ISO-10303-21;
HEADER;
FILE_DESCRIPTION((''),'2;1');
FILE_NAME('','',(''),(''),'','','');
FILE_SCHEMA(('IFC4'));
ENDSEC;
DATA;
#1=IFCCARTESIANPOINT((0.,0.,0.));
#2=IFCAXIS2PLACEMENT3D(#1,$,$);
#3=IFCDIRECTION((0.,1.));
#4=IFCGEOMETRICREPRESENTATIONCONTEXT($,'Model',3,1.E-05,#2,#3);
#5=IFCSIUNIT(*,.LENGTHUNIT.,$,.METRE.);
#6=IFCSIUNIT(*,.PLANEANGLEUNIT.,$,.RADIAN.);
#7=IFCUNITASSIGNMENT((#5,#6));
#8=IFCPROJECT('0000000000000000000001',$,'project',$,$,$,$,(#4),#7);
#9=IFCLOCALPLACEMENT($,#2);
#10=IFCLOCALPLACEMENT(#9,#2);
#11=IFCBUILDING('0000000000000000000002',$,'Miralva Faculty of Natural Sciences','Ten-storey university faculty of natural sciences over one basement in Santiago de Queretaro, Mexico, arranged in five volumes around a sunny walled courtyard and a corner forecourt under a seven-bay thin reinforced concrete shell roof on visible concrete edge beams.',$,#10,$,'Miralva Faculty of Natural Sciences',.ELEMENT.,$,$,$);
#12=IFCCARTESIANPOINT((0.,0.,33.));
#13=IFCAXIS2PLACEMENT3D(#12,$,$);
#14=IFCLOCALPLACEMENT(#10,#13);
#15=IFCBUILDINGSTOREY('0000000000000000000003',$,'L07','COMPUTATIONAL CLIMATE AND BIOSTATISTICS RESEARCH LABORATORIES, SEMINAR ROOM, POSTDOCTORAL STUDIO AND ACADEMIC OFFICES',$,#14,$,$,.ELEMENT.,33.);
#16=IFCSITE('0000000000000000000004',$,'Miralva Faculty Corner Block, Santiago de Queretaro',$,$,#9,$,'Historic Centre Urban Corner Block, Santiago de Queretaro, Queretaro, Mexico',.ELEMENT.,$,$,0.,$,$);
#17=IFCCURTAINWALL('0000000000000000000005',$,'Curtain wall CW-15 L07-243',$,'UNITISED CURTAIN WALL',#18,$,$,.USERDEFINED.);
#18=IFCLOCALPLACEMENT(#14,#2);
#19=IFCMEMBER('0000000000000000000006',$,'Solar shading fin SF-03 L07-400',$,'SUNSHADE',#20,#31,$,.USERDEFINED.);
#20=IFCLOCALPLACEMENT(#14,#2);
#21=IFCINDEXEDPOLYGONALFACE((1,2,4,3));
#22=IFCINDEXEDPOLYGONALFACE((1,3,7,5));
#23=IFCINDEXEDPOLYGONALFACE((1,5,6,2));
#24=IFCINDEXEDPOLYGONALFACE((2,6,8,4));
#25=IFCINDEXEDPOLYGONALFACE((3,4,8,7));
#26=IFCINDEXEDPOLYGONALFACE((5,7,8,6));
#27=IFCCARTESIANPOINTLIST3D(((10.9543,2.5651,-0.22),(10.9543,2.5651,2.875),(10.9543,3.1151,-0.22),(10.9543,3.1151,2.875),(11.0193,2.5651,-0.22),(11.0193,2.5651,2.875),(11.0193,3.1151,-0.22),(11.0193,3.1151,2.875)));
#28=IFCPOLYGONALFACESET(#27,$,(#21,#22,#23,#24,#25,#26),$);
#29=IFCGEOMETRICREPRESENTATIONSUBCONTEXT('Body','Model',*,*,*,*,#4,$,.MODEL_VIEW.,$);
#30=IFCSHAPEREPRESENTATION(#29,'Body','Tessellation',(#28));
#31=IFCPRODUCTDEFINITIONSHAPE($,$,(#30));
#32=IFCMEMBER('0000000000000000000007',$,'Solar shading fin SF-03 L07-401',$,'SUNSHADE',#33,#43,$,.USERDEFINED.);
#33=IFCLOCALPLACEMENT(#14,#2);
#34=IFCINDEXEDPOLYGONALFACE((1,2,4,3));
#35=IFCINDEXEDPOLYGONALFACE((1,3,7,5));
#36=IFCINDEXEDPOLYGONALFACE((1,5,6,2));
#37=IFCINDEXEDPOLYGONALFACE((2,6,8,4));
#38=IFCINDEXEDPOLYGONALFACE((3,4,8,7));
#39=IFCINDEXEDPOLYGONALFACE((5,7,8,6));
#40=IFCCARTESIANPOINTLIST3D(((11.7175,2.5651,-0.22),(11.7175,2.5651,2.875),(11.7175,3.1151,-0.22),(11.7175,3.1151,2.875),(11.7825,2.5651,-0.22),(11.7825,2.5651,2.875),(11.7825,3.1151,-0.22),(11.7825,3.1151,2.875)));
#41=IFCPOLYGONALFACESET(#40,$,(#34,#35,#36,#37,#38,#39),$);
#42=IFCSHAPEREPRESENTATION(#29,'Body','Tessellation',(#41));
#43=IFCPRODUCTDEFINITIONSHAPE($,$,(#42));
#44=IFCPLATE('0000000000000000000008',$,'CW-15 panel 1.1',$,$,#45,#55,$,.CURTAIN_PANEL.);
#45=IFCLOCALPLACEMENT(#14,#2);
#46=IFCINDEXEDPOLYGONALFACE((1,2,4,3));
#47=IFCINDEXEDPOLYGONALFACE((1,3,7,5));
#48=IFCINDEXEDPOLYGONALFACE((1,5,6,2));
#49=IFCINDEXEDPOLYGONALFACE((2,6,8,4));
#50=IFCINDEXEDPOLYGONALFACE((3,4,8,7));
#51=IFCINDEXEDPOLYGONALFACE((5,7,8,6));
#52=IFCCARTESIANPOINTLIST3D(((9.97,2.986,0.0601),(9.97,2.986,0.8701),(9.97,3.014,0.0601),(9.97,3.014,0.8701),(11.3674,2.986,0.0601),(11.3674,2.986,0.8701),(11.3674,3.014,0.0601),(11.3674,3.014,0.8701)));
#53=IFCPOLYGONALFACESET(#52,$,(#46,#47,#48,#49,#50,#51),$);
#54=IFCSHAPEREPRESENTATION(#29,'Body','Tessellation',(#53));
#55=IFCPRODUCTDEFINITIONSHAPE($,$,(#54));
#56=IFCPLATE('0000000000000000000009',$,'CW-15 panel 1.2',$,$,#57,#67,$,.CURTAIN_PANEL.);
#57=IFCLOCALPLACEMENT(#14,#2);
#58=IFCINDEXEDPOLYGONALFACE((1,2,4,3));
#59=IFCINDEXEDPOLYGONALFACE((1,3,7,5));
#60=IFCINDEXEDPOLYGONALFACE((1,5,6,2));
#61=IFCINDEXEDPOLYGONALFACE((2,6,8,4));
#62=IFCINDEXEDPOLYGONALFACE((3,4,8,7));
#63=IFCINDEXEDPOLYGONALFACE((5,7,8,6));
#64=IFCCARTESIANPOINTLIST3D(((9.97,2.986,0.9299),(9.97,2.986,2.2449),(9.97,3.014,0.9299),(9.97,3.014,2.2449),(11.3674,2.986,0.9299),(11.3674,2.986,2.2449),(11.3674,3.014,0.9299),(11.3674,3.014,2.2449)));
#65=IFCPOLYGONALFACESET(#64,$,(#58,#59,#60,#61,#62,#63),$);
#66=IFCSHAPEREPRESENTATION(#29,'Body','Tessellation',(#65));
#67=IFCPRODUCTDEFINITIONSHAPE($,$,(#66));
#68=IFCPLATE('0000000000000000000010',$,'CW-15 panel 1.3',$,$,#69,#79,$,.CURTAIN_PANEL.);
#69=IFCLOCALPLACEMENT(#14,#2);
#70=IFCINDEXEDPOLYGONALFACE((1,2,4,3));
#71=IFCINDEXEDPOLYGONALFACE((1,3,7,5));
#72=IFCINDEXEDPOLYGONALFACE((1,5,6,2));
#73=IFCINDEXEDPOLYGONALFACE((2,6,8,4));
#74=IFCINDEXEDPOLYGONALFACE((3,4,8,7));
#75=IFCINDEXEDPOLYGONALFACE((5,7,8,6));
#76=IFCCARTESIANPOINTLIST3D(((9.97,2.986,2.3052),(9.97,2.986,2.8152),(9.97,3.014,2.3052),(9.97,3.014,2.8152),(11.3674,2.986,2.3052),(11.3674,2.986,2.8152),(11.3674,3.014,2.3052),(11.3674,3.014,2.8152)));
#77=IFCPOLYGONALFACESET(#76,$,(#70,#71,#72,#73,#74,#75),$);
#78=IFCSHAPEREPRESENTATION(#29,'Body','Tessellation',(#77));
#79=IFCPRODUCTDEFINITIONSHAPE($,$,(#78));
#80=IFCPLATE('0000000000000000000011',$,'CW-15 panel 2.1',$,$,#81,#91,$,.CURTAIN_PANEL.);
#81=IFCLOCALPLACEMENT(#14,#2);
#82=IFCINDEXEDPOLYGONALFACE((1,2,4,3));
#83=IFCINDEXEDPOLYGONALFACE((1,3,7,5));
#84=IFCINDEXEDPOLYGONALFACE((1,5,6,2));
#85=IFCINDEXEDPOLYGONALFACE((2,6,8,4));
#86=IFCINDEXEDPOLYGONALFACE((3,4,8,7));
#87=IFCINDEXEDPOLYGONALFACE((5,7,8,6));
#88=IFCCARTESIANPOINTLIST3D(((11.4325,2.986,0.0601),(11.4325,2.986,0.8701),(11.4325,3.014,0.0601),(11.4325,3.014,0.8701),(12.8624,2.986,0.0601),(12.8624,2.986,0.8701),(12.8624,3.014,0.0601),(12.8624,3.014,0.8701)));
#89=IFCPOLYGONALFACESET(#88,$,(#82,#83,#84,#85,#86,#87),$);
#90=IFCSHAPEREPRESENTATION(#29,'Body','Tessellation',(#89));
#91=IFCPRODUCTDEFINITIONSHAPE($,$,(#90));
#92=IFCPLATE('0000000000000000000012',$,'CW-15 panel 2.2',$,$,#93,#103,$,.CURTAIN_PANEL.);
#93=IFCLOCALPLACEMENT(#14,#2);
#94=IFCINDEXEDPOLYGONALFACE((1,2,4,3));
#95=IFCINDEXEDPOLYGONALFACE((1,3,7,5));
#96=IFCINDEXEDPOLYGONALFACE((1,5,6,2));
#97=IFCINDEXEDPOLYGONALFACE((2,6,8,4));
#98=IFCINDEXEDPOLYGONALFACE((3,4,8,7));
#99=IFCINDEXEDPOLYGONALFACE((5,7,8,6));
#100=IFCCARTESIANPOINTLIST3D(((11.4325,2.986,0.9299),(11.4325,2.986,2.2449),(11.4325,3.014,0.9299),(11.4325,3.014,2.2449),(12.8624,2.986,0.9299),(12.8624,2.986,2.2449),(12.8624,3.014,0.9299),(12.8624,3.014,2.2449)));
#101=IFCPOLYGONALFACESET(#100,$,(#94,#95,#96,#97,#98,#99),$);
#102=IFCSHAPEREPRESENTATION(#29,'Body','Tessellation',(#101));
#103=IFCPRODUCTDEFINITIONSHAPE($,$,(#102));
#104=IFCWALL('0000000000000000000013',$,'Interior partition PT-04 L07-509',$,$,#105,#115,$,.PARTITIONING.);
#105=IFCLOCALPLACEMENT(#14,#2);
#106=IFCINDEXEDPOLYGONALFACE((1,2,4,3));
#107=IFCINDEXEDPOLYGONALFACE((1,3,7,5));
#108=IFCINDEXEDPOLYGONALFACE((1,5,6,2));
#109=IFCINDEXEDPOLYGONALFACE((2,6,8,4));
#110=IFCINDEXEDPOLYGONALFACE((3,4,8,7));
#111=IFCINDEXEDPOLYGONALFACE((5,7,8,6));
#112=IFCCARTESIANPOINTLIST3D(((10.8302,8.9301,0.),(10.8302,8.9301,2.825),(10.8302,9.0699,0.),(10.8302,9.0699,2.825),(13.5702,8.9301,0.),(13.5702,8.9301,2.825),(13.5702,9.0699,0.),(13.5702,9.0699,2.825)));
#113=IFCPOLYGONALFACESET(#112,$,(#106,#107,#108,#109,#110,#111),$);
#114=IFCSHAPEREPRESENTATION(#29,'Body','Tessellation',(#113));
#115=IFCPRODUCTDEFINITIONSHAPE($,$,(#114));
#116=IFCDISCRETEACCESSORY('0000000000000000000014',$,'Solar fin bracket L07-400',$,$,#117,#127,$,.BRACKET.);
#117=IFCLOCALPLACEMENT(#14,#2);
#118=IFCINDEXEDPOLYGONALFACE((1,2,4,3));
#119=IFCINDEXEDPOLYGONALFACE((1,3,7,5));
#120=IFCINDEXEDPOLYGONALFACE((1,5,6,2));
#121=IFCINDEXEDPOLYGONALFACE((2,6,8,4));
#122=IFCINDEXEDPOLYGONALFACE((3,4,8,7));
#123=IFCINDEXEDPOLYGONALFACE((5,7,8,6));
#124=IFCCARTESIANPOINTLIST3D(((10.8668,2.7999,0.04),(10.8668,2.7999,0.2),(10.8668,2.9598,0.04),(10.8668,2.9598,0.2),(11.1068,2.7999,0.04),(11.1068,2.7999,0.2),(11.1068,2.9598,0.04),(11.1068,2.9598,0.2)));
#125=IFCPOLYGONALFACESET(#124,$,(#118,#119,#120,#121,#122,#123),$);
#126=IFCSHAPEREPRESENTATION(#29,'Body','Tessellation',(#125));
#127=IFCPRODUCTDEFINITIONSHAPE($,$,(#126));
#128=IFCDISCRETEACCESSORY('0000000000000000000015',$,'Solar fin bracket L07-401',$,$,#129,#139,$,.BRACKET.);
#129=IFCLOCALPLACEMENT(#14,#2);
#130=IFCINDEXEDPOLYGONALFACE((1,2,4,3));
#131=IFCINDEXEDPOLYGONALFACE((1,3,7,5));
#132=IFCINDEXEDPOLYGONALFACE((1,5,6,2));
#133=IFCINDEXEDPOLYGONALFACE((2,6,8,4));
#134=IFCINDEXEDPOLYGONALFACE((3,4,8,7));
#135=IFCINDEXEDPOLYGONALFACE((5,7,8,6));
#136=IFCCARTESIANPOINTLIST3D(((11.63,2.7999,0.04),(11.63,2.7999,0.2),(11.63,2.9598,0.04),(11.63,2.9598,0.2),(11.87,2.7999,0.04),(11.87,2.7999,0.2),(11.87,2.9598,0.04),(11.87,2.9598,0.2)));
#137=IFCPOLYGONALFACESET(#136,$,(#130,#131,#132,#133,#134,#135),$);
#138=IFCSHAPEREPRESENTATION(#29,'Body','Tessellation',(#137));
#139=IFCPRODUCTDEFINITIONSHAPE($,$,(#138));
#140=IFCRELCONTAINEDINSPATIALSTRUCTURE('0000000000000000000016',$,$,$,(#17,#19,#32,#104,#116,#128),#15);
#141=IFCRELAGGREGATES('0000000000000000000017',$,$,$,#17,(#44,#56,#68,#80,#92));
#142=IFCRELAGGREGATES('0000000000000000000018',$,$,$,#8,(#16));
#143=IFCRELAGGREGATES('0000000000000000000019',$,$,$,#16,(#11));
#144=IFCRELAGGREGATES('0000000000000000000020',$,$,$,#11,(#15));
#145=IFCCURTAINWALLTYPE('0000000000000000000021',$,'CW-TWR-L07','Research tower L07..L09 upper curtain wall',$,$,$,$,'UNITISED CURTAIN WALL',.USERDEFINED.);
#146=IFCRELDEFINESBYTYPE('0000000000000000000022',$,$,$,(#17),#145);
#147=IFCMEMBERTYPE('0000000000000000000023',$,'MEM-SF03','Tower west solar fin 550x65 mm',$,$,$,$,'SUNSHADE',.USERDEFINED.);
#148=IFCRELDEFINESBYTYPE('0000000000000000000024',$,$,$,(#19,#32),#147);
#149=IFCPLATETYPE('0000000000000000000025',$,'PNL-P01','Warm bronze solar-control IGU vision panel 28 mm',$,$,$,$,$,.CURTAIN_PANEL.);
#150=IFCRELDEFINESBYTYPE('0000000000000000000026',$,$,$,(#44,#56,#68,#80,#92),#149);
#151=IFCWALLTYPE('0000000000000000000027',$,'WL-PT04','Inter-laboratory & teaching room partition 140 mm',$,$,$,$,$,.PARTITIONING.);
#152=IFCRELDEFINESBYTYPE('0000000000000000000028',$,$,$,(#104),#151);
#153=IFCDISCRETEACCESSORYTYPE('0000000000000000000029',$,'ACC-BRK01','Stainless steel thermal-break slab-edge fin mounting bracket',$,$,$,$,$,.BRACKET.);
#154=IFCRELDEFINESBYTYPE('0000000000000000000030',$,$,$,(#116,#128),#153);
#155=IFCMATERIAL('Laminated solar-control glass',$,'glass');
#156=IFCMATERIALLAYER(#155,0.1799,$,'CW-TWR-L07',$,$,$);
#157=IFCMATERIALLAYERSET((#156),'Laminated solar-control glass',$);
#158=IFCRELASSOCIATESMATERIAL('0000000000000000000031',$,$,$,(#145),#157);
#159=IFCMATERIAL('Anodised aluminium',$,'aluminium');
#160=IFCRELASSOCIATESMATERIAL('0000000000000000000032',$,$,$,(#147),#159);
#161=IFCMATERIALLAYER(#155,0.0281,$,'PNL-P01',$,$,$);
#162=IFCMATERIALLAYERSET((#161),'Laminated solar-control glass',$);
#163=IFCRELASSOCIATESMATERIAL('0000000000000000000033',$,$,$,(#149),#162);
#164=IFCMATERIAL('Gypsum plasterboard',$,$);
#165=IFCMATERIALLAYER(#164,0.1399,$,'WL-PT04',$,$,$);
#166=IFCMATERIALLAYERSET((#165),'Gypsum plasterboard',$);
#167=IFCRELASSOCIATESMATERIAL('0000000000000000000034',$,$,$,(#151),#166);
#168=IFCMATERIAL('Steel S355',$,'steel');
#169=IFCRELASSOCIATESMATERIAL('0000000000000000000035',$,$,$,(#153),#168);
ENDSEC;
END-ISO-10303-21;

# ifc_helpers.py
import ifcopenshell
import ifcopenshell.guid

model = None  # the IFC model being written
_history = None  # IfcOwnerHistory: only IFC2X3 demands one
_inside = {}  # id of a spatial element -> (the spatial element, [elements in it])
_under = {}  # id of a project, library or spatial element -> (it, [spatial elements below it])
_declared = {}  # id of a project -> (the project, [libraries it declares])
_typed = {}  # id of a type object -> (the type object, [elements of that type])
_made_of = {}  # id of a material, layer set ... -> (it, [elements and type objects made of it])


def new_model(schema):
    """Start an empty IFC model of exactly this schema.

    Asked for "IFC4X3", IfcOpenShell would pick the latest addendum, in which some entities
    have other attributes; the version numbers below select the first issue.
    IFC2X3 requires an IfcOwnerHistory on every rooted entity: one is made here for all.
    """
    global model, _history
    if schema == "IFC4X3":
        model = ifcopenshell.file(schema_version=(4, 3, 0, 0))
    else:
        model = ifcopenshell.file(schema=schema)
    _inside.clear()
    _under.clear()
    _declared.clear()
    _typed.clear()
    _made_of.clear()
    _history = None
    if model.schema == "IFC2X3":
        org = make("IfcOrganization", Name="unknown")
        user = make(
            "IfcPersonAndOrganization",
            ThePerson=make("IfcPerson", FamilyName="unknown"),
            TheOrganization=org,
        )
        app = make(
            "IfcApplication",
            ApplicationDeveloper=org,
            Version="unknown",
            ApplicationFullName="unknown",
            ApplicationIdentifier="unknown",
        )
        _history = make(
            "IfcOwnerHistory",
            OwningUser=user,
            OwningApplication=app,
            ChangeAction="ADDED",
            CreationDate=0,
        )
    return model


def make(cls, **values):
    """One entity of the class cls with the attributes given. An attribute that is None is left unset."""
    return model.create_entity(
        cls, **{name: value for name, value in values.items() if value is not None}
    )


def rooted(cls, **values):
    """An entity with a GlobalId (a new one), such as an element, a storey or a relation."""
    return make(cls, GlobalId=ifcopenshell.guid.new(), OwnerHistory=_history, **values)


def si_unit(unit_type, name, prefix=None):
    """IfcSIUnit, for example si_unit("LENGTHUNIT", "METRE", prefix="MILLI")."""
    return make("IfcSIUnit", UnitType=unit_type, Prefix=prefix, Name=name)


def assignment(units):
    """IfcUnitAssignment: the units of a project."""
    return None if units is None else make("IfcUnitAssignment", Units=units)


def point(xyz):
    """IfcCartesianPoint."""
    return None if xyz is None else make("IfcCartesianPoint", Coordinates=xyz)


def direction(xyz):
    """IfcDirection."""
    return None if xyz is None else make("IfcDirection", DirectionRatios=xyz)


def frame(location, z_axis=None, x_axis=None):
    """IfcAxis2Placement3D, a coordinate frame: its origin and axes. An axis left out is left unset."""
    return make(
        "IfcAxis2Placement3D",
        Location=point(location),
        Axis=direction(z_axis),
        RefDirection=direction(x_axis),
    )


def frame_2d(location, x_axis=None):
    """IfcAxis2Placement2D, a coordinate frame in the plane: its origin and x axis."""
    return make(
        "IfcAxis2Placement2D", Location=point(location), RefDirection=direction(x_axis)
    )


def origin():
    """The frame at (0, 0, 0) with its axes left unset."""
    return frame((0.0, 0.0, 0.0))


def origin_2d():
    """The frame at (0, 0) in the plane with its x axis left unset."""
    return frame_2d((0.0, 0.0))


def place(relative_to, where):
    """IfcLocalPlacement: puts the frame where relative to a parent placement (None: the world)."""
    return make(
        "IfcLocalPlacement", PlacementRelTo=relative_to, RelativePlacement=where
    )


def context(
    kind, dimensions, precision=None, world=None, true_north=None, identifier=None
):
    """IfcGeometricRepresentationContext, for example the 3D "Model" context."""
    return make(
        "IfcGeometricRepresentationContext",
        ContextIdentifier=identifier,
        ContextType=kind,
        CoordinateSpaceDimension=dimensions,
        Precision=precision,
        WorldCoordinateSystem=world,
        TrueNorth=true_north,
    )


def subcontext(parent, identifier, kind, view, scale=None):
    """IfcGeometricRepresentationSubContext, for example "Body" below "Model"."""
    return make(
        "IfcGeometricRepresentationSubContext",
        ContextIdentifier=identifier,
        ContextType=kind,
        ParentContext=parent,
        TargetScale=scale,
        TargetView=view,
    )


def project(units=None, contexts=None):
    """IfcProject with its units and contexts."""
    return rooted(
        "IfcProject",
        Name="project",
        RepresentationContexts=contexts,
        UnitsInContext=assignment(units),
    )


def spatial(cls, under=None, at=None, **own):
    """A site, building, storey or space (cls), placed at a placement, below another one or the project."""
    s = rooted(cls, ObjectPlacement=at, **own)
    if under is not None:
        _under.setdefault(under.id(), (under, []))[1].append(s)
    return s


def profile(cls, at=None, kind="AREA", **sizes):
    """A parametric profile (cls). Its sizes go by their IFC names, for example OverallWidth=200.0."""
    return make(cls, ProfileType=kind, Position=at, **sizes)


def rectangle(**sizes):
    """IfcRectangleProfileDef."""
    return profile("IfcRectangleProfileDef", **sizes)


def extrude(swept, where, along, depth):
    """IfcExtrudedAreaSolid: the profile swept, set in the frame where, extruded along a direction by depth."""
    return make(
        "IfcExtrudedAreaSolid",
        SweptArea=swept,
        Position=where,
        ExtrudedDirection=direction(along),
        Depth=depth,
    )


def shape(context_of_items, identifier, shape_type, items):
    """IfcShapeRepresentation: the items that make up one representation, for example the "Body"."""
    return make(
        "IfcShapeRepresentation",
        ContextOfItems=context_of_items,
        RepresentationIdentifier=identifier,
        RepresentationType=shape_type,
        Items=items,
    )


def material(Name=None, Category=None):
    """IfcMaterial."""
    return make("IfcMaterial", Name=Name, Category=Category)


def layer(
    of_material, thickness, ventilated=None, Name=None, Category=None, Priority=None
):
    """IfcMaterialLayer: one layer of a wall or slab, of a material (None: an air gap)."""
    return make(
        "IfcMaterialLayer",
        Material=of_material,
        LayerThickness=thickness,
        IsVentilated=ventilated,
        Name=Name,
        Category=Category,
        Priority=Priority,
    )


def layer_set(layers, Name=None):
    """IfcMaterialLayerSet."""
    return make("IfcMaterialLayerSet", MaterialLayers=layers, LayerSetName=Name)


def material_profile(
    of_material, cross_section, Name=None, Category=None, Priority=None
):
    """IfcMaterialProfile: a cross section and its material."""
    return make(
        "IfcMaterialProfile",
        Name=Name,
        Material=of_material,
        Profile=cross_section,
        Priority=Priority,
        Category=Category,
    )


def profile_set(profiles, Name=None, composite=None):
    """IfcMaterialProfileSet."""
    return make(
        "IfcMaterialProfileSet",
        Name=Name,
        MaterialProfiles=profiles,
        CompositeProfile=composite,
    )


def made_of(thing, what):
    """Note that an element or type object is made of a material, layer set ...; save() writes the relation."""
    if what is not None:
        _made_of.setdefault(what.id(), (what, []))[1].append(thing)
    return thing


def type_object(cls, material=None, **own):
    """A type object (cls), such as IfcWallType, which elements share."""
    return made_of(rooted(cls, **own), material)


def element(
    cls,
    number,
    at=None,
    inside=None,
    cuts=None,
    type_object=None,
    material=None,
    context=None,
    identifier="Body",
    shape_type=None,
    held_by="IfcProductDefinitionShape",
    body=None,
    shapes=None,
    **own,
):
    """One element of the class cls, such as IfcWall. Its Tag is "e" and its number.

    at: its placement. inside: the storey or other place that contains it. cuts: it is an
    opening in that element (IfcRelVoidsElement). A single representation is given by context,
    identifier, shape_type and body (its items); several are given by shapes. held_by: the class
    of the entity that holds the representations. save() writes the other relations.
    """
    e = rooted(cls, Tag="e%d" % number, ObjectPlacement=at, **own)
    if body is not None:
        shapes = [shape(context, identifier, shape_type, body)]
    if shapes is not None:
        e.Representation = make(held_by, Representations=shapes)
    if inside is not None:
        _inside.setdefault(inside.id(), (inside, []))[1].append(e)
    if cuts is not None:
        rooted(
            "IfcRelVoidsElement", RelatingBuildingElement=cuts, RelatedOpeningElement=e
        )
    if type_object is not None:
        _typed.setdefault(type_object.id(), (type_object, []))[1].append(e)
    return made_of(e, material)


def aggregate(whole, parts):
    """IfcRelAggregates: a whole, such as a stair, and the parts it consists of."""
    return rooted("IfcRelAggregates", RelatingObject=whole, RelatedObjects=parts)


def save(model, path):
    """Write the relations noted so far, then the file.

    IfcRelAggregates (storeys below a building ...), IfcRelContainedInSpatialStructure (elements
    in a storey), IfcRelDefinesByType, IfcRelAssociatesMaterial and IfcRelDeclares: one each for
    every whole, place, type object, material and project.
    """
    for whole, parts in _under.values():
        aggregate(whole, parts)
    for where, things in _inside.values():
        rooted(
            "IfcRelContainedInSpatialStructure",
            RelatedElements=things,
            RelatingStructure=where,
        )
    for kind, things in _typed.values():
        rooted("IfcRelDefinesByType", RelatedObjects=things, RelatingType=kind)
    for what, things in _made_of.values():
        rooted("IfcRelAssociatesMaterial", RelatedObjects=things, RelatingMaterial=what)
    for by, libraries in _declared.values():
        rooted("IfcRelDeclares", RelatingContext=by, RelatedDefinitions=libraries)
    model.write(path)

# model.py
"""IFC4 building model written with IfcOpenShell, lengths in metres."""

from ifc_helpers import new_model, si_unit, direction, frame, frame_2d, origin, origin_2d, place, context, subcontext, project, spatial, rectangle, extrude, material, layer, layer_set, material_profile, profile_set, type_object, element, aggregate, save


model = new_model("IFC4")

# Units and contexts
model_context = context("Model", 3, precision=1e-05, world=origin(), true_north=direction((0.0, 1.0)))
body_context = subcontext(model_context, "Body", "Model", "MODEL_VIEW")
ifc_project = project(units=[si_unit("LENGTHUNIT", "METRE"), si_unit("PLANEANGLEUNIT", "RADIAN")], contexts=[model_context])

# Site, building, storey
site_placement = place(None, origin())
site = spatial("IfcSite", under=ifc_project, at=site_placement, Name="Miralva Faculty Corner Block, Santiago de Queretaro", LongName="Historic Centre Urban Corner Block, Santiago de Queretaro, Queretaro, Mexico", CompositionType="ELEMENT", RefElevation=0.0)
building_placement = place(site_placement, origin())
building = spatial("IfcBuilding", under=site, at=building_placement, Name="Miralva Faculty of Natural Sciences", Description="Ten-storey university faculty of natural sciences over one basement in Santiago de Queretaro, Mexico, arranged in five volumes around a sunny walled courtyard and a corner forecourt under a seven-bay thin reinforced concrete shell roof on visible concrete edge beams.", LongName="Miralva Faculty of Natural Sciences", CompositionType="ELEMENT")
storey_placement = place(building_placement, frame((0.0, 0.0, 33.0)))
storey = spatial("IfcBuildingStorey", under=building, at=storey_placement, Name="L07", Description="COMPUTATIONAL CLIMATE AND BIOSTATISTICS RESEARCH LABORATORIES, SEMINAR ROOM, POSTDOCTORAL STUDIO AND ACADEMIC OFFICES", CompositionType="ELEMENT", Elevation=33.0)

# Curtain wall
ifc_material_1 = material(Name="Laminated solar-control glass", Category="glass")
ifc_layer_1 = layer(ifc_material_1, 0.1799, Name="CW-TWR-L07")
ifc_layer_set_1 = layer_set([ifc_layer_1], Name="Laminated solar-control glass")
curtain_wall_type = type_object("IfcCurtainWallType", Name="CW-TWR-L07", Description="Research tower L07..L09 upper curtain wall", ElementType="UNITISED CURTAIN WALL", PredefinedType="USERDEFINED", material=ifc_layer_set_1)
curtain_wall_placement = place(storey_placement, origin())
curtain_wall = element("IfcCurtainWall", 1, at=curtain_wall_placement, inside=storey, type_object=curtain_wall_type, Name="Curtain wall CW-15 L07-243", ObjectType="UNITISED CURTAIN WALL", PredefinedType="USERDEFINED")
ifc_material_2 = material(Name="Anodised aluminium", Category="aluminium")

# Members
ifc_material_profile_1 = material_profile(ifc_material_2, rectangle(XDim=0.0649, YDim=0.55, at=origin_2d()), Name="FIN 550x65")
ifc_profile_set_1 = profile_set([ifc_material_profile_1], Name="Anodised aluminium")
member_type_1 = type_object("IfcMemberType", Name="MEM-SF03", Description="Tower west solar fin 550x65 mm", ElementType="SUNSHADE", PredefinedType="USERDEFINED", material=ifc_profile_set_1)
for number, where, z_axis, x_axis, name in (
    (2, (10.9868, 2.8401, -0.22), (0.0, 0.0, 1.0), (1.0, 0.0, 0.0), "Solar shading fin SF-03 L07-400"),
    (3, (11.75, 2.8401, -0.22), (0.0, 0.0, 1.0), (1.0, 0.0, 0.0), "Solar shading fin SF-03 L07-401"),
):
    element("IfcMember", number, at=place(storey_placement, frame(where, z_axis=z_axis, x_axis=x_axis)), inside=storey, type_object=member_type_1, Name=name, ObjectType="SUNSHADE", PredefinedType="USERDEFINED", context=body_context, shape_type="SweptSolid", body=[
        extrude(rectangle(XDim=0.0649, YDim=0.55, at=origin_2d()), origin(), (0.0, 0.0, 1.0), 3.095),
    ])

# Plates
ifc_layer_2 = layer(ifc_material_1, 0.0281, Name="PNL-P01")
ifc_layer_set_2 = layer_set([ifc_layer_2], Name="Laminated solar-control glass")
plate_type = type_object("IfcPlateType", Name="PNL-P01", Description="Warm bronze solar-control IGU vision panel 28 mm", PredefinedType="CURTAIN_PANEL", material=ifc_layer_set_2)
plate_1_placement = place(storey_placement, frame((10.6687, 3.0, 0.0601), z_axis=(0.0, 0.0, 1.0), x_axis=(1.0, 0.0, 0.0)))
plate_1 = element("IfcPlate", 4, at=plate_1_placement, type_object=plate_type, Name="CW-15 panel 1.1", PredefinedType="CURTAIN_PANEL", context=body_context, shape_type="SweptSolid", body=[
    extrude(rectangle(XDim=1.3975, YDim=0.0281, at=origin_2d()), origin(), (0.0, 0.0, 1.0), 0.8101),
])
plate_2_placement = place(storey_placement, frame((10.6687, 3.0, 0.9299), z_axis=(0.0, 0.0, 1.0), x_axis=(1.0, 0.0, 0.0)))
plate_2 = element("IfcPlate", 5, at=plate_2_placement, type_object=plate_type, Name="CW-15 panel 1.2", PredefinedType="CURTAIN_PANEL", context=body_context, shape_type="SweptSolid", body=[
    extrude(rectangle(XDim=1.3975, YDim=0.0281, at=origin_2d()), origin(), (0.0, 0.0, 1.0), 1.3149),
])
plate_3_placement = place(storey_placement, frame((10.6687, 3.0, 2.3052), z_axis=(0.0, 0.0, 1.0), x_axis=(1.0, 0.0, 0.0)))
plate_3 = element("IfcPlate", 6, at=plate_3_placement, type_object=plate_type, Name="CW-15 panel 1.3", PredefinedType="CURTAIN_PANEL", context=body_context, shape_type="SweptSolid", body=[
    extrude(rectangle(XDim=1.3975, YDim=0.0281, at=origin_2d()), origin(), (0.0, 0.0, 1.0), 0.51),
])
plate_4_placement = place(storey_placement, frame((12.1475, 3.0, 0.0601), z_axis=(0.0, 0.0, 1.0), x_axis=(1.0, 0.0, 0.0)))
plate_4 = element("IfcPlate", 7, at=plate_4_placement, type_object=plate_type, Name="CW-15 panel 2.1", PredefinedType="CURTAIN_PANEL", context=body_context, shape_type="SweptSolid", body=[
    extrude(rectangle(XDim=1.4299, YDim=0.0281, at=origin_2d()), origin(), (0.0, 0.0, 1.0), 0.8101),
])
plate_5_placement = place(storey_placement, frame((12.1475, 3.0, 0.9299), z_axis=(0.0, 0.0, 1.0), x_axis=(1.0, 0.0, 0.0)))
plate_5 = element("IfcPlate", 8, at=plate_5_placement, type_object=plate_type, Name="CW-15 panel 2.2", PredefinedType="CURTAIN_PANEL", context=body_context, shape_type="SweptSolid", body=[
    extrude(rectangle(XDim=1.4299, YDim=0.0281, at=origin_2d()), origin(), (0.0, 0.0, 1.0), 1.3149),
])
aggregate(curtain_wall, [plate_1, plate_2, plate_3, plate_4, plate_5])

# Wall
ifc_material_3 = material(Name="Gypsum plasterboard")
ifc_layer_3 = layer(ifc_material_3, 0.1399, Name="WL-PT04")
ifc_layer_set_3 = layer_set([ifc_layer_3], Name="Gypsum plasterboard")
wall_type = type_object("IfcWallType", Name="WL-PT04", Description="Inter-laboratory & teaching room partition 140 mm", PredefinedType="PARTITIONING", material=ifc_layer_set_3)
wall_placement = place(storey_placement, frame((10.8301, 9.0, 0.0), z_axis=(0.0, 0.0, 1.0), x_axis=(1.0, 0.0, 0.0)))
element("IfcWall", 9, at=wall_placement, inside=storey, type_object=wall_type, Name="Interior partition PT-04 L07-509", PredefinedType="PARTITIONING", context=body_context, shape_type="SweptSolid", body=[
    extrude(rectangle(XDim=2.74, YDim=0.1399, at=frame_2d((1.3701, 0.0))), origin(), (0.0, 0.0, 1.0), 2.825),
])

# Discrete accessories
ifc_material_4 = material(Name="Steel S355", Category="steel")
discrete_accessory_type = type_object("IfcDiscreteAccessoryType", Name="ACC-BRK01", Description="Stainless steel thermal-break slab-edge fin mounting bracket", PredefinedType="BRACKET", material=ifc_material_4)
for number, where, z_axis, x_axis, name in (
    (10, (10.9868, 2.8799, 0.04), (0.0, 0.0, 1.0), (0.0, -1.0, 0.0), "Solar fin bracket L07-400"),
    (11, (11.75, 2.8799, 0.04), (0.0, 0.0, 1.0), (0.0, -1.0, 0.0), "Solar fin bracket L07-401"),
):
    element("IfcDiscreteAccessory", number, at=place(storey_placement, frame(where, z_axis=z_axis, x_axis=x_axis)), inside=storey, type_object=discrete_accessory_type, Name=name, PredefinedType="BRACKET", context=body_context, shape_type="SweptSolid", body=[
        extrude(rectangle(XDim=0.1599, YDim=0.24, at=origin_2d()), origin(), (0.0, 0.0, 1.0), 0.1599),
    ])

save(model, "model.ifc")
